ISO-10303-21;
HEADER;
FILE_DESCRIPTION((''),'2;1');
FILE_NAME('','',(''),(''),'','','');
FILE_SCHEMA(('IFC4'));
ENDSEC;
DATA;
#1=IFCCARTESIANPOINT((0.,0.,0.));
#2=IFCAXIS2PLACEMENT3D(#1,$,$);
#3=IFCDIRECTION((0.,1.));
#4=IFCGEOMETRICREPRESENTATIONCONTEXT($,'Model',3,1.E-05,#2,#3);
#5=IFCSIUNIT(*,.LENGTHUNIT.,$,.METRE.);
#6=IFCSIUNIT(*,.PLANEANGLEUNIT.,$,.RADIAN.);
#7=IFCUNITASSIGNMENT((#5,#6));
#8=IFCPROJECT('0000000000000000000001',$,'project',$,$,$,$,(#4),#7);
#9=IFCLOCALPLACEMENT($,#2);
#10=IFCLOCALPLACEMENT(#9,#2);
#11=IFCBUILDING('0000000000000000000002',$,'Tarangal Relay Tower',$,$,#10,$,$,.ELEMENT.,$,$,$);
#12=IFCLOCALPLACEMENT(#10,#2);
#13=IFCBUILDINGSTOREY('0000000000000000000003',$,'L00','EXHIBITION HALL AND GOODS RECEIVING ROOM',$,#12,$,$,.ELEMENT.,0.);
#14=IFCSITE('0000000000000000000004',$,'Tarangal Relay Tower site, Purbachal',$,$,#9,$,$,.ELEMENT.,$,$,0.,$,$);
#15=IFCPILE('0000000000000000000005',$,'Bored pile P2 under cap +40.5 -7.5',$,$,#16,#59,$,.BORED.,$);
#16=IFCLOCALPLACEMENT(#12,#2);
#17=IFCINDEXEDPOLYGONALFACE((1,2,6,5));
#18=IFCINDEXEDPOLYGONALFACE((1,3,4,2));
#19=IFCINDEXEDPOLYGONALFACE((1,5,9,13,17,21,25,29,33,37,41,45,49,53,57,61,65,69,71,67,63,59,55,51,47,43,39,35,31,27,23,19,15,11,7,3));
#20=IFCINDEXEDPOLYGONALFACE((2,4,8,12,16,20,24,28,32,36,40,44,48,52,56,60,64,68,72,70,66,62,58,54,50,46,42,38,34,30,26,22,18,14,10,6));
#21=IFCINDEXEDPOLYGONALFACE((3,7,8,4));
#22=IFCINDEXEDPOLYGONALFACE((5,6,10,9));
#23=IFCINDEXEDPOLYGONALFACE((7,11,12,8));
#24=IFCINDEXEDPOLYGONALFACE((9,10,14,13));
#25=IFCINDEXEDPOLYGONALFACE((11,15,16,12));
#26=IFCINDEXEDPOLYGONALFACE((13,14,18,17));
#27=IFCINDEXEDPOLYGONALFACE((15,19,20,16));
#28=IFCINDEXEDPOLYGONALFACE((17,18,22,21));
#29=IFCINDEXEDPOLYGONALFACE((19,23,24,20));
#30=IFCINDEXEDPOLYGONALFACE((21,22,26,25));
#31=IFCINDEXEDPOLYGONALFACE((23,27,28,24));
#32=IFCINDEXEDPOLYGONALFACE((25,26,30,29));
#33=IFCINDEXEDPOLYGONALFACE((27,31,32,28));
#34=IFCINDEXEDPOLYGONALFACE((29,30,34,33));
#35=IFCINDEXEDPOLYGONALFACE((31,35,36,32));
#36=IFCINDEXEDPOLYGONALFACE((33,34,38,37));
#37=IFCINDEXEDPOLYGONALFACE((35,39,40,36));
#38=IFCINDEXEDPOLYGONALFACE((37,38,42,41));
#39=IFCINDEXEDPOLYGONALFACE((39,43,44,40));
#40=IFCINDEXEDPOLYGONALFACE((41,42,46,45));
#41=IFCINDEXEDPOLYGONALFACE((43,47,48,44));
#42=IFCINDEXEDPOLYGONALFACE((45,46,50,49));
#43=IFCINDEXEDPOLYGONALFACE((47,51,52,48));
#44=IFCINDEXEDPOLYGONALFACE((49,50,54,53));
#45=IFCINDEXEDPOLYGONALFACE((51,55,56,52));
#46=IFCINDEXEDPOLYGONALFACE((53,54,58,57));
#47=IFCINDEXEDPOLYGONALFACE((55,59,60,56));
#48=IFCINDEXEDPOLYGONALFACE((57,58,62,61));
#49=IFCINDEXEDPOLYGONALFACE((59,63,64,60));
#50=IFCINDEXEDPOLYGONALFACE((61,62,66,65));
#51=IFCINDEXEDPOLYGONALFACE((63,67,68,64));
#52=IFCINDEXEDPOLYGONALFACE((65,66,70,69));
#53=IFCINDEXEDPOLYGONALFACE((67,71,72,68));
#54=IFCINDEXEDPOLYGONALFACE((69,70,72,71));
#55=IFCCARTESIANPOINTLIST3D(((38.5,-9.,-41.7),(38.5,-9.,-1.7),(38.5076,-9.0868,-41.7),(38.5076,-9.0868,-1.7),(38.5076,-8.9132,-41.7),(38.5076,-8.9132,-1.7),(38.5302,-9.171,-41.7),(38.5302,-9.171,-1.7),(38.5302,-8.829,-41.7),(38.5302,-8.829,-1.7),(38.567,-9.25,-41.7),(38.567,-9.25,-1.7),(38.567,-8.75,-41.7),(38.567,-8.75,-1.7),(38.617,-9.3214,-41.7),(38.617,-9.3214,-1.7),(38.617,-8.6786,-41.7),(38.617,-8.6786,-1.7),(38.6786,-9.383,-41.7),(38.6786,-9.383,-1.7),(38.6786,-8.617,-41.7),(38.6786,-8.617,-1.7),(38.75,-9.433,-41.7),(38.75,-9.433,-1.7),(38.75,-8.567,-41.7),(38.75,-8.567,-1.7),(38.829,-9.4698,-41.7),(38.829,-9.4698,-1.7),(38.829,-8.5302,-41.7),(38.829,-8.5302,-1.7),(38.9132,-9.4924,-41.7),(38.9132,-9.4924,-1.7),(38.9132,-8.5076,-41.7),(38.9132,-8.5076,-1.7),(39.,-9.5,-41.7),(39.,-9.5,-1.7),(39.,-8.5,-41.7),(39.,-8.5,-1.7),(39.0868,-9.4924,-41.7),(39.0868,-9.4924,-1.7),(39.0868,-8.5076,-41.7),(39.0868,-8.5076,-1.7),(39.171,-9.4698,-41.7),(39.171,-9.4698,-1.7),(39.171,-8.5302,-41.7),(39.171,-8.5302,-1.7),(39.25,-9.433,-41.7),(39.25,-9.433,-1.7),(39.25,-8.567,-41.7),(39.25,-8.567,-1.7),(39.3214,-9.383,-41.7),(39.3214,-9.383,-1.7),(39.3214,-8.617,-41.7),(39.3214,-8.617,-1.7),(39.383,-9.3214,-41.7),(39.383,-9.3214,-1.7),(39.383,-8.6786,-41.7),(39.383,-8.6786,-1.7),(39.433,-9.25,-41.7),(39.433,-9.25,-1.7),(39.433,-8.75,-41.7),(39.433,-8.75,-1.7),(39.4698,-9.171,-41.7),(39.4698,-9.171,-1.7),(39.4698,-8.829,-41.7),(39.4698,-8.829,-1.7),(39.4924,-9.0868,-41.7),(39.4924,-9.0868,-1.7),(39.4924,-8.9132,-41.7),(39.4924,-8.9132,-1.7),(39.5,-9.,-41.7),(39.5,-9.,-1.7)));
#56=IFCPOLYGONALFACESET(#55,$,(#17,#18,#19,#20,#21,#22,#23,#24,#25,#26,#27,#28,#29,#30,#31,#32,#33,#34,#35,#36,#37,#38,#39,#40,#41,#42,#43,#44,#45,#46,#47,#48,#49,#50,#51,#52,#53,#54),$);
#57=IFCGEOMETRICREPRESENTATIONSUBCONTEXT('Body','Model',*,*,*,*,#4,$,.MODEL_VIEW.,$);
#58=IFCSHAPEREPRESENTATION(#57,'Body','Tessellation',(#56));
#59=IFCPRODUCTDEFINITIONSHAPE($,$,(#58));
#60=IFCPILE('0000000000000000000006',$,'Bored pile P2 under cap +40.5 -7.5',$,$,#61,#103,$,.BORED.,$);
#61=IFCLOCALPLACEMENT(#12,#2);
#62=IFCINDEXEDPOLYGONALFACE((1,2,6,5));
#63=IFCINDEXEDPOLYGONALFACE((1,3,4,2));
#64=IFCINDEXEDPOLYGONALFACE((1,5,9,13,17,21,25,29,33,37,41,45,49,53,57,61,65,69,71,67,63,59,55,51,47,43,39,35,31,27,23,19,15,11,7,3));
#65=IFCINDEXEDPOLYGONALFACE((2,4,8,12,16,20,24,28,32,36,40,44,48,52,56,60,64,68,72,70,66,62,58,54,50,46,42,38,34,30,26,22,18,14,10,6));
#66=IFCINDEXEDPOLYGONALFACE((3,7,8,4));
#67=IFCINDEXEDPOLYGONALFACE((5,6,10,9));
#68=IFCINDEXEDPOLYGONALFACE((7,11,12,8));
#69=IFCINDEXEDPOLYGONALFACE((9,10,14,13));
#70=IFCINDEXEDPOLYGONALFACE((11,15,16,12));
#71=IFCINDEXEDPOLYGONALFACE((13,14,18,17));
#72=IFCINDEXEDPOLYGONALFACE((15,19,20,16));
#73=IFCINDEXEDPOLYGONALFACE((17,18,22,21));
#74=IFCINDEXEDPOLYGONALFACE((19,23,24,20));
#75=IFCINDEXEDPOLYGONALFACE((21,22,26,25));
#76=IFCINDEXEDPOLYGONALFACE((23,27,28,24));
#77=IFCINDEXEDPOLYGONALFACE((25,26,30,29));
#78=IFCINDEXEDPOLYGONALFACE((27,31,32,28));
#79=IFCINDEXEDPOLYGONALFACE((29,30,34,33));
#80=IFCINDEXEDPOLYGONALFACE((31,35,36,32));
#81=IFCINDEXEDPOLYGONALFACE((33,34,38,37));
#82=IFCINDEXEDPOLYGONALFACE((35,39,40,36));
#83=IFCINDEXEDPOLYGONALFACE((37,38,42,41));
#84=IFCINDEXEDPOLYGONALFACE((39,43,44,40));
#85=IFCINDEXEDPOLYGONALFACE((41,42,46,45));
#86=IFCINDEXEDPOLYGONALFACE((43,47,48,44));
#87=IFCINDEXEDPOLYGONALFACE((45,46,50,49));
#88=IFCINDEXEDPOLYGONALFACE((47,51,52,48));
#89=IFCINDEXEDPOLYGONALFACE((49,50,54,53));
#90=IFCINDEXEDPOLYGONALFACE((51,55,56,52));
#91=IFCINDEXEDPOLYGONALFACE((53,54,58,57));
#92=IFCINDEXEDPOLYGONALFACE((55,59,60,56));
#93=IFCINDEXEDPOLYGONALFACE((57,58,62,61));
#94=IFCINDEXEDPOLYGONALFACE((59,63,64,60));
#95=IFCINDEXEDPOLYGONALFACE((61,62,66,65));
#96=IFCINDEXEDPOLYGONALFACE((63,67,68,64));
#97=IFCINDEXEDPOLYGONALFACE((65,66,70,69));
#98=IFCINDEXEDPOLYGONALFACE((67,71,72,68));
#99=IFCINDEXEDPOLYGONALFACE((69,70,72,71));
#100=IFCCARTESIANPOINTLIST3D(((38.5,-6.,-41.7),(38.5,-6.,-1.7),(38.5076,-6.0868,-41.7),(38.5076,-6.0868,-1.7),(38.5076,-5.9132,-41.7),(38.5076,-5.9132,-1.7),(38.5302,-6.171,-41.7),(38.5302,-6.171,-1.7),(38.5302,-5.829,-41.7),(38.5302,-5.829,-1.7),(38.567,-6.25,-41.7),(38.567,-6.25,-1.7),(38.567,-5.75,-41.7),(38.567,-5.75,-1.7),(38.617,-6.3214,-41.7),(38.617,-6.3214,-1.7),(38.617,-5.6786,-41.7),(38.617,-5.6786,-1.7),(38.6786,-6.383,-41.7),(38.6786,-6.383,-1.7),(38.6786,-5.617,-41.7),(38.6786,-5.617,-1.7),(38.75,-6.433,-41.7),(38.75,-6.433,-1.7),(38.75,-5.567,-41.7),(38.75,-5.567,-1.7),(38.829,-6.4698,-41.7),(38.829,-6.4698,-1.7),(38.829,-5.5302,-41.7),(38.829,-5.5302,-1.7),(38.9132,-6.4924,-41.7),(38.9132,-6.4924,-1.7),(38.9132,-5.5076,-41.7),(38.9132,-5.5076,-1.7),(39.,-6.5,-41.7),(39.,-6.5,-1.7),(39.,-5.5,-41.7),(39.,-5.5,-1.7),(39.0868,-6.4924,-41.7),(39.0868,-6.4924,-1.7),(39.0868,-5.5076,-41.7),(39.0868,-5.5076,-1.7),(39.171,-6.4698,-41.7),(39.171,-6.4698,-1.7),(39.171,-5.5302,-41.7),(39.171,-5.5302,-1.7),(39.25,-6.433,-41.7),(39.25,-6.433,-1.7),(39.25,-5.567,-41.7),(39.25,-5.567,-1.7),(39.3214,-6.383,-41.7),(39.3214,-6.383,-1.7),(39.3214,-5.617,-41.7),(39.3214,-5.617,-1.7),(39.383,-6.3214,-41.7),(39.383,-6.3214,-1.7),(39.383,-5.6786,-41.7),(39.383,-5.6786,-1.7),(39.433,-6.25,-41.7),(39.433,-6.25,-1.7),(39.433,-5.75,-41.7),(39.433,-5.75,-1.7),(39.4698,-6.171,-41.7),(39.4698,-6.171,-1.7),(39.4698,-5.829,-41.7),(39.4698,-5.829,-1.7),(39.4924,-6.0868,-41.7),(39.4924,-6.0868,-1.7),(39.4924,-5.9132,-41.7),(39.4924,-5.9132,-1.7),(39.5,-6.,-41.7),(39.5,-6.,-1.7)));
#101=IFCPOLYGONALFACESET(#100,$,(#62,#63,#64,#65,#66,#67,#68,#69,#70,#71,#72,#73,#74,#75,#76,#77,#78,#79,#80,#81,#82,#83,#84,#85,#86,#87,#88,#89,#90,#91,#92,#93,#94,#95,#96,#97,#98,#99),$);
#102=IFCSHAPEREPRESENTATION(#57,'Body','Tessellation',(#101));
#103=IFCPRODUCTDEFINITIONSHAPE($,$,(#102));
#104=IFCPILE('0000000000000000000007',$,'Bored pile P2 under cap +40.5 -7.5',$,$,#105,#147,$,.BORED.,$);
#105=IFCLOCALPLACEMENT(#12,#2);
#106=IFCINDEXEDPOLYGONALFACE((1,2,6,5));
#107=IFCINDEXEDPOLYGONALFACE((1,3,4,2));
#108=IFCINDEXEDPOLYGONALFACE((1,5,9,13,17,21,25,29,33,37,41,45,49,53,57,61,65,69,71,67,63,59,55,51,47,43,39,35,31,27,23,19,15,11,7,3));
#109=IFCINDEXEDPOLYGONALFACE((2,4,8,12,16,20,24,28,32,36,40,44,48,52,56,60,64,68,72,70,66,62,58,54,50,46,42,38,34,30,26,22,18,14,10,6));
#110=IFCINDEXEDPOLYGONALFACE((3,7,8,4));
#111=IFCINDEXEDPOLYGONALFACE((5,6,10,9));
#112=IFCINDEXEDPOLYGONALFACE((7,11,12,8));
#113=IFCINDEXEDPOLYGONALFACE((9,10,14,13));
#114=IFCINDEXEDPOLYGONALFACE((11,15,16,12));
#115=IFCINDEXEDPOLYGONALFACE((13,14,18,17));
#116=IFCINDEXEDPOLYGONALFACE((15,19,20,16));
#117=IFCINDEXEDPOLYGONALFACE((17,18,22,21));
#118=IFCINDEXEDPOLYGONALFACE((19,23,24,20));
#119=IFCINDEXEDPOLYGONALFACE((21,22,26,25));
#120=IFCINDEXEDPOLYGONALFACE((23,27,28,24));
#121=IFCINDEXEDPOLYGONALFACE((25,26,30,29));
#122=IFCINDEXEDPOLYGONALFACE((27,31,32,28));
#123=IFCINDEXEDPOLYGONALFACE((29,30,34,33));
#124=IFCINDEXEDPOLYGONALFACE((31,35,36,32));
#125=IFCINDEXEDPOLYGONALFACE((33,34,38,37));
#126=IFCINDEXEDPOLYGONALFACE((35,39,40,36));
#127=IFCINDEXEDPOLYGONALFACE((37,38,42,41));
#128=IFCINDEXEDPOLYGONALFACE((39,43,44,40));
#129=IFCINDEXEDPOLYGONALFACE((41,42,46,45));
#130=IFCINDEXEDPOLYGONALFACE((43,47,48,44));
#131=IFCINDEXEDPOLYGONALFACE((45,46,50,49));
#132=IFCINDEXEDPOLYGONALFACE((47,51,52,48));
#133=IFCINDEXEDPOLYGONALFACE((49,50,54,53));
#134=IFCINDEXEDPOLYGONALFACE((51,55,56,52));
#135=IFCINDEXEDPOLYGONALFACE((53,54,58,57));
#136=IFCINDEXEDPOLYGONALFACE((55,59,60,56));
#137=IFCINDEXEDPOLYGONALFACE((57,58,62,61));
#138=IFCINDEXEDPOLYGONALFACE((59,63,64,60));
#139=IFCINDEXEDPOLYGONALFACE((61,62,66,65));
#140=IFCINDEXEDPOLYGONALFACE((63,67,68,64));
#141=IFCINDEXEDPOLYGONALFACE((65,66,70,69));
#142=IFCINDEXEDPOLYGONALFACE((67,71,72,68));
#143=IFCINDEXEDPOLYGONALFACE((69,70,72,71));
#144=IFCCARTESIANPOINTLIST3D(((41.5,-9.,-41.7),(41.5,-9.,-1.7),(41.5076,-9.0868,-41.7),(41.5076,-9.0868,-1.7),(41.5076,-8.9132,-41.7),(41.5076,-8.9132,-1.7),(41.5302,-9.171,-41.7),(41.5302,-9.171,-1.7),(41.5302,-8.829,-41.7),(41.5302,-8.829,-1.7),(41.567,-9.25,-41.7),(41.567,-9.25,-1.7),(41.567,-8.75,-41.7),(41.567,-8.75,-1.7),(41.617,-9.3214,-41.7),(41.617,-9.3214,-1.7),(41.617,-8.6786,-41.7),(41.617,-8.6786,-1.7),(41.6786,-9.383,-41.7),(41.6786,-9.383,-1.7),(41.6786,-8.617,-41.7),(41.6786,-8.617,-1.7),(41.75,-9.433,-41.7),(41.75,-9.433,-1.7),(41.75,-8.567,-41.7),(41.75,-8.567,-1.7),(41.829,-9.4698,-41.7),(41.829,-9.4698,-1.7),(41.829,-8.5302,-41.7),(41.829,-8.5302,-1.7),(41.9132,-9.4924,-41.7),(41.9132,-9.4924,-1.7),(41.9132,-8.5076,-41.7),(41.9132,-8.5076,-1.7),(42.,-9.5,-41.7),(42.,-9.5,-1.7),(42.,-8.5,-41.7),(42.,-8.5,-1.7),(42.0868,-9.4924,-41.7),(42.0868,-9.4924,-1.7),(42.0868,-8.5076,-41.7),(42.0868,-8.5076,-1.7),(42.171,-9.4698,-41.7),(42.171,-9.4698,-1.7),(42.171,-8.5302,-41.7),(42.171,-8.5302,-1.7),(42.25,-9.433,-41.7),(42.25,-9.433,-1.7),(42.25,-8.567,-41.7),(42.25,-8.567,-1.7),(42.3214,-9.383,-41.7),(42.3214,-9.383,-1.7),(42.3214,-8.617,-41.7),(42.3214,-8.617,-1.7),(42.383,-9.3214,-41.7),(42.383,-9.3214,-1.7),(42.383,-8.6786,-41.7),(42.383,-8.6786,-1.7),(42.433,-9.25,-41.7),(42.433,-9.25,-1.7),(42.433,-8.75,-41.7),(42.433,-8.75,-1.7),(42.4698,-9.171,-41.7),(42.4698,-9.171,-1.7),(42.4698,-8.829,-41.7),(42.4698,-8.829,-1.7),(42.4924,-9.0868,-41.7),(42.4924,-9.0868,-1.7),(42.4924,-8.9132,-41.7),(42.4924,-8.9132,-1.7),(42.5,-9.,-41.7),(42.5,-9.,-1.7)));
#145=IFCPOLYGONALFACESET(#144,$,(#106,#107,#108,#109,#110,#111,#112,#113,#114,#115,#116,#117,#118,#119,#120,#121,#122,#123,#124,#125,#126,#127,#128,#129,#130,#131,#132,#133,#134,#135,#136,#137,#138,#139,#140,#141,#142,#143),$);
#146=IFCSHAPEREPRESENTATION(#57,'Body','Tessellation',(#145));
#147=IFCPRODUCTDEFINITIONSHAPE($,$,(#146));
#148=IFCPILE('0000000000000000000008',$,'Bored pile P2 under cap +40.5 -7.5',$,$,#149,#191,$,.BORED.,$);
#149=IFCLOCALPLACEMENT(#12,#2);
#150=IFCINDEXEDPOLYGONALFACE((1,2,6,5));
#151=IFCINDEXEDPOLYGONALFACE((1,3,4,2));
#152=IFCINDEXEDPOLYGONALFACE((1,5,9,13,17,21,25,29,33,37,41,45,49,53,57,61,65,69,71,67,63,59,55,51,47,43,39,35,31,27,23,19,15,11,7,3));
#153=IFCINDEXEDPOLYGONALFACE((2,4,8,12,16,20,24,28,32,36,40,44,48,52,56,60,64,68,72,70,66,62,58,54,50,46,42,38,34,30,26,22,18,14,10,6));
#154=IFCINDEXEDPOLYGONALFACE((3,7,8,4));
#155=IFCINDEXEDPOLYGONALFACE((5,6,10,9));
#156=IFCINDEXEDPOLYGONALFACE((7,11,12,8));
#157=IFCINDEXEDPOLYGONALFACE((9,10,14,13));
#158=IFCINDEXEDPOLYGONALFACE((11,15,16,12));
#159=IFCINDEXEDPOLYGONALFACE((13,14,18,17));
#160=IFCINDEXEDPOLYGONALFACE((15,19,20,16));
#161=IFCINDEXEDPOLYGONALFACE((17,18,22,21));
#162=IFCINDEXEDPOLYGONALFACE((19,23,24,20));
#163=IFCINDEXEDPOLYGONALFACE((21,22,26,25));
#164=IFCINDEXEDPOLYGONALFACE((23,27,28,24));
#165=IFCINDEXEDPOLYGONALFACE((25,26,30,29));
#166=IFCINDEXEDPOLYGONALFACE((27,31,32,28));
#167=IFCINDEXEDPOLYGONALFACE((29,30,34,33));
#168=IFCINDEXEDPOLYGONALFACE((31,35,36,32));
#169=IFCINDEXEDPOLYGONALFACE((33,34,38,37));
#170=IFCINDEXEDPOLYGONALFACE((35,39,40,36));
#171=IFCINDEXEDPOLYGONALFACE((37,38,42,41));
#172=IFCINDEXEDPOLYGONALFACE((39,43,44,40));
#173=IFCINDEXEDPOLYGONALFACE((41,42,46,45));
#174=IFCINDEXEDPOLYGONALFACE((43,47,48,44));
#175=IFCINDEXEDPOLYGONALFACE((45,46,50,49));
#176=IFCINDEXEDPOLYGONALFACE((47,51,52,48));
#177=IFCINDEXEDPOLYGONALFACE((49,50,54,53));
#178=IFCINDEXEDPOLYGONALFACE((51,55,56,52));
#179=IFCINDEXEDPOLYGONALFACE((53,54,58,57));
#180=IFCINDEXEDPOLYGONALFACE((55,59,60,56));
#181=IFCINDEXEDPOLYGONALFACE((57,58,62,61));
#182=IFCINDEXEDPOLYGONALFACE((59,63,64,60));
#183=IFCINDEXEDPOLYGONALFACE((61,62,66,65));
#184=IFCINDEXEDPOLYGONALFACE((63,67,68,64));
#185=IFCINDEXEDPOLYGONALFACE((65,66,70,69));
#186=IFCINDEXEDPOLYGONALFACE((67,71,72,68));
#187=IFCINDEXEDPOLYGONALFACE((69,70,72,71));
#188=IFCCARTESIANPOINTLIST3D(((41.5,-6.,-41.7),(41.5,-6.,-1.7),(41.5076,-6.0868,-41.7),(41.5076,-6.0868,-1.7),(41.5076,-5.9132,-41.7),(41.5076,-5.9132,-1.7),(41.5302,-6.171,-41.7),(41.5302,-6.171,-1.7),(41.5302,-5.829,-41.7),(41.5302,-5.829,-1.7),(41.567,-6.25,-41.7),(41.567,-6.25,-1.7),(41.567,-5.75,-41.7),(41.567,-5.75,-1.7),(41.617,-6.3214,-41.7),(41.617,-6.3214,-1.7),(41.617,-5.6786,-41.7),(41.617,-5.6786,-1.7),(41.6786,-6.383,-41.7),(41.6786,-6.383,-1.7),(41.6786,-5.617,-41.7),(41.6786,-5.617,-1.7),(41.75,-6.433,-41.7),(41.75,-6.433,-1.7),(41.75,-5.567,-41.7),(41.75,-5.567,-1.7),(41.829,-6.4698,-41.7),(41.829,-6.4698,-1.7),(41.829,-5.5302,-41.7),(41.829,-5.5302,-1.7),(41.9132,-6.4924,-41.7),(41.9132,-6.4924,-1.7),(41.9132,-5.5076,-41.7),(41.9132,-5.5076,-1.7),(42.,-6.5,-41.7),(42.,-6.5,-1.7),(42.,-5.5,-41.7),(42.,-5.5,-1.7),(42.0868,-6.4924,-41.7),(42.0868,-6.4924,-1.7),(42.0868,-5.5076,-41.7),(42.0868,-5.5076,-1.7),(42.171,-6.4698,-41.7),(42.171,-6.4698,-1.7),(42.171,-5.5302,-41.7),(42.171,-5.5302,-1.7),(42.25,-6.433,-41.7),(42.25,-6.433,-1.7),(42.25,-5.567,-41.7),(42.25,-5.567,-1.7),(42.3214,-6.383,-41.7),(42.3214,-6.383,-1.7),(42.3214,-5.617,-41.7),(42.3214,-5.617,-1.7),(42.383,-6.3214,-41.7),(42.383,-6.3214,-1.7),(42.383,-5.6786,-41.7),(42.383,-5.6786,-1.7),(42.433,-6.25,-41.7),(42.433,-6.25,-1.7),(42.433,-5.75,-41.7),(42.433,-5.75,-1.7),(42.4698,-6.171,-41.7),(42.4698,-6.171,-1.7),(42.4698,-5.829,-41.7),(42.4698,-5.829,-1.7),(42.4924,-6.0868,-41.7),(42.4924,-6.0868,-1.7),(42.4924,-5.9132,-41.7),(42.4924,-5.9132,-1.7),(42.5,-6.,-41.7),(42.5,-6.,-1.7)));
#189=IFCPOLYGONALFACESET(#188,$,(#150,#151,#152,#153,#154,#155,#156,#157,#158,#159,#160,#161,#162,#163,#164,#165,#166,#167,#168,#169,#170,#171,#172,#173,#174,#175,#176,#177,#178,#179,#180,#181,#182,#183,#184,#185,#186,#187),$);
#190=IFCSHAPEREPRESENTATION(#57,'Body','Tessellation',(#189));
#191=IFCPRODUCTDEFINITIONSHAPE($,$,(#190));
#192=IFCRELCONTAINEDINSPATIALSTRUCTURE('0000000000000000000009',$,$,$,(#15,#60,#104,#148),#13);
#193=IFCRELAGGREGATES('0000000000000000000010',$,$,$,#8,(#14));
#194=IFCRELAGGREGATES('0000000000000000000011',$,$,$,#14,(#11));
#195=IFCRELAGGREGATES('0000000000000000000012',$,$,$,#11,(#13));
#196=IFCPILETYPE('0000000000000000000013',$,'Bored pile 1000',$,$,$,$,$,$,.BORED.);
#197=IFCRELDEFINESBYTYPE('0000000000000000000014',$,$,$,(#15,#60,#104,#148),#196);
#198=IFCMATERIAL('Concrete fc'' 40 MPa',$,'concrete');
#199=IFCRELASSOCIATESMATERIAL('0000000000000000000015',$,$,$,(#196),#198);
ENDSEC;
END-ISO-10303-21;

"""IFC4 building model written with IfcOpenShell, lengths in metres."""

from ifc_helpers import new_model, si_unit, direction, frame, origin, origin_2d, place, context, subcontext, project, spatial, circle, extrude, material, material_profile, profile_set, type_object, element, save


model = new_model("IFC4")

# Units and contexts
model_context = context("Model", 3, precision=1e-05, world=origin(), true_north=direction((0.0, 1.0)))
body_context = subcontext(model_context, "Body", "Model", "MODEL_VIEW")
ifc_project = project(units=[si_unit("LENGTHUNIT", "METRE"), si_unit("PLANEANGLEUNIT", "RADIAN")], contexts=[model_context])

# Site, building, storey
site_placement = place(None, origin())
site = spatial("IfcSite", under=ifc_project, at=site_placement, Name="Tarangal Relay Tower site, Purbachal", CompositionType="ELEMENT", RefElevation=0.0)
building_placement = place(site_placement, origin())
building = spatial("IfcBuilding", under=site, at=building_placement, Name="Tarangal Relay Tower", CompositionType="ELEMENT")
storey_placement = place(building_placement, origin())
storey = spatial("IfcBuildingStorey", under=building, at=storey_placement, Name="L00", Description="EXHIBITION HALL AND GOODS RECEIVING ROOM", CompositionType="ELEMENT", Elevation=0.0)

# Piles
ifc_material_1 = material(Name="Concrete fc' 40 MPa", Category="concrete")
ifc_material_profile_1 = material_profile(ifc_material_1, circle(Radius=0.5, at=origin_2d()), Name="D1000")
ifc_profile_set_1 = profile_set([ifc_material_profile_1], Name="Concrete fc' 40 MPa")
pile_type = type_object("IfcPileType", Name="Bored pile 1000", PredefinedType="BORED", material=ifc_profile_set_1)
for number, where, z_axis, x_axis, name in (
    (1, (39.0, -9.0, -1.7), (0.0, 0.0, -1.0), (1.0, 0.0, 0.0), "Bored pile P2 under cap +40.5 -7.5"),
    (2, (39.0, -6.0, -1.7), (0.0, 0.0, -1.0), (1.0, 0.0, 0.0), "Bored pile P2 under cap +40.5 -7.5"),
    (3, (42.0, -9.0, -1.7), (0.0, 0.0, -1.0), (1.0, 0.0, 0.0), "Bored pile P2 under cap +40.5 -7.5"),
    (4, (42.0, -6.0, -1.7), (0.0, 0.0, -1.0), (1.0, 0.0, 0.0), "Bored pile P2 under cap +40.5 -7.5"),
):
    element("IfcPile", number, at=place(storey_placement, frame(where, z_axis=z_axis, x_axis=x_axis)), inside=storey, type_object=pile_type, Name=name, PredefinedType="BORED", context=body_context, shape_type="SweptSolid", body=[
        extrude(circle(Radius=0.5, at=origin_2d()), origin(), (0.0, 0.0, 1.0), 40.0),
    ])

save(model, "model.ifc")
